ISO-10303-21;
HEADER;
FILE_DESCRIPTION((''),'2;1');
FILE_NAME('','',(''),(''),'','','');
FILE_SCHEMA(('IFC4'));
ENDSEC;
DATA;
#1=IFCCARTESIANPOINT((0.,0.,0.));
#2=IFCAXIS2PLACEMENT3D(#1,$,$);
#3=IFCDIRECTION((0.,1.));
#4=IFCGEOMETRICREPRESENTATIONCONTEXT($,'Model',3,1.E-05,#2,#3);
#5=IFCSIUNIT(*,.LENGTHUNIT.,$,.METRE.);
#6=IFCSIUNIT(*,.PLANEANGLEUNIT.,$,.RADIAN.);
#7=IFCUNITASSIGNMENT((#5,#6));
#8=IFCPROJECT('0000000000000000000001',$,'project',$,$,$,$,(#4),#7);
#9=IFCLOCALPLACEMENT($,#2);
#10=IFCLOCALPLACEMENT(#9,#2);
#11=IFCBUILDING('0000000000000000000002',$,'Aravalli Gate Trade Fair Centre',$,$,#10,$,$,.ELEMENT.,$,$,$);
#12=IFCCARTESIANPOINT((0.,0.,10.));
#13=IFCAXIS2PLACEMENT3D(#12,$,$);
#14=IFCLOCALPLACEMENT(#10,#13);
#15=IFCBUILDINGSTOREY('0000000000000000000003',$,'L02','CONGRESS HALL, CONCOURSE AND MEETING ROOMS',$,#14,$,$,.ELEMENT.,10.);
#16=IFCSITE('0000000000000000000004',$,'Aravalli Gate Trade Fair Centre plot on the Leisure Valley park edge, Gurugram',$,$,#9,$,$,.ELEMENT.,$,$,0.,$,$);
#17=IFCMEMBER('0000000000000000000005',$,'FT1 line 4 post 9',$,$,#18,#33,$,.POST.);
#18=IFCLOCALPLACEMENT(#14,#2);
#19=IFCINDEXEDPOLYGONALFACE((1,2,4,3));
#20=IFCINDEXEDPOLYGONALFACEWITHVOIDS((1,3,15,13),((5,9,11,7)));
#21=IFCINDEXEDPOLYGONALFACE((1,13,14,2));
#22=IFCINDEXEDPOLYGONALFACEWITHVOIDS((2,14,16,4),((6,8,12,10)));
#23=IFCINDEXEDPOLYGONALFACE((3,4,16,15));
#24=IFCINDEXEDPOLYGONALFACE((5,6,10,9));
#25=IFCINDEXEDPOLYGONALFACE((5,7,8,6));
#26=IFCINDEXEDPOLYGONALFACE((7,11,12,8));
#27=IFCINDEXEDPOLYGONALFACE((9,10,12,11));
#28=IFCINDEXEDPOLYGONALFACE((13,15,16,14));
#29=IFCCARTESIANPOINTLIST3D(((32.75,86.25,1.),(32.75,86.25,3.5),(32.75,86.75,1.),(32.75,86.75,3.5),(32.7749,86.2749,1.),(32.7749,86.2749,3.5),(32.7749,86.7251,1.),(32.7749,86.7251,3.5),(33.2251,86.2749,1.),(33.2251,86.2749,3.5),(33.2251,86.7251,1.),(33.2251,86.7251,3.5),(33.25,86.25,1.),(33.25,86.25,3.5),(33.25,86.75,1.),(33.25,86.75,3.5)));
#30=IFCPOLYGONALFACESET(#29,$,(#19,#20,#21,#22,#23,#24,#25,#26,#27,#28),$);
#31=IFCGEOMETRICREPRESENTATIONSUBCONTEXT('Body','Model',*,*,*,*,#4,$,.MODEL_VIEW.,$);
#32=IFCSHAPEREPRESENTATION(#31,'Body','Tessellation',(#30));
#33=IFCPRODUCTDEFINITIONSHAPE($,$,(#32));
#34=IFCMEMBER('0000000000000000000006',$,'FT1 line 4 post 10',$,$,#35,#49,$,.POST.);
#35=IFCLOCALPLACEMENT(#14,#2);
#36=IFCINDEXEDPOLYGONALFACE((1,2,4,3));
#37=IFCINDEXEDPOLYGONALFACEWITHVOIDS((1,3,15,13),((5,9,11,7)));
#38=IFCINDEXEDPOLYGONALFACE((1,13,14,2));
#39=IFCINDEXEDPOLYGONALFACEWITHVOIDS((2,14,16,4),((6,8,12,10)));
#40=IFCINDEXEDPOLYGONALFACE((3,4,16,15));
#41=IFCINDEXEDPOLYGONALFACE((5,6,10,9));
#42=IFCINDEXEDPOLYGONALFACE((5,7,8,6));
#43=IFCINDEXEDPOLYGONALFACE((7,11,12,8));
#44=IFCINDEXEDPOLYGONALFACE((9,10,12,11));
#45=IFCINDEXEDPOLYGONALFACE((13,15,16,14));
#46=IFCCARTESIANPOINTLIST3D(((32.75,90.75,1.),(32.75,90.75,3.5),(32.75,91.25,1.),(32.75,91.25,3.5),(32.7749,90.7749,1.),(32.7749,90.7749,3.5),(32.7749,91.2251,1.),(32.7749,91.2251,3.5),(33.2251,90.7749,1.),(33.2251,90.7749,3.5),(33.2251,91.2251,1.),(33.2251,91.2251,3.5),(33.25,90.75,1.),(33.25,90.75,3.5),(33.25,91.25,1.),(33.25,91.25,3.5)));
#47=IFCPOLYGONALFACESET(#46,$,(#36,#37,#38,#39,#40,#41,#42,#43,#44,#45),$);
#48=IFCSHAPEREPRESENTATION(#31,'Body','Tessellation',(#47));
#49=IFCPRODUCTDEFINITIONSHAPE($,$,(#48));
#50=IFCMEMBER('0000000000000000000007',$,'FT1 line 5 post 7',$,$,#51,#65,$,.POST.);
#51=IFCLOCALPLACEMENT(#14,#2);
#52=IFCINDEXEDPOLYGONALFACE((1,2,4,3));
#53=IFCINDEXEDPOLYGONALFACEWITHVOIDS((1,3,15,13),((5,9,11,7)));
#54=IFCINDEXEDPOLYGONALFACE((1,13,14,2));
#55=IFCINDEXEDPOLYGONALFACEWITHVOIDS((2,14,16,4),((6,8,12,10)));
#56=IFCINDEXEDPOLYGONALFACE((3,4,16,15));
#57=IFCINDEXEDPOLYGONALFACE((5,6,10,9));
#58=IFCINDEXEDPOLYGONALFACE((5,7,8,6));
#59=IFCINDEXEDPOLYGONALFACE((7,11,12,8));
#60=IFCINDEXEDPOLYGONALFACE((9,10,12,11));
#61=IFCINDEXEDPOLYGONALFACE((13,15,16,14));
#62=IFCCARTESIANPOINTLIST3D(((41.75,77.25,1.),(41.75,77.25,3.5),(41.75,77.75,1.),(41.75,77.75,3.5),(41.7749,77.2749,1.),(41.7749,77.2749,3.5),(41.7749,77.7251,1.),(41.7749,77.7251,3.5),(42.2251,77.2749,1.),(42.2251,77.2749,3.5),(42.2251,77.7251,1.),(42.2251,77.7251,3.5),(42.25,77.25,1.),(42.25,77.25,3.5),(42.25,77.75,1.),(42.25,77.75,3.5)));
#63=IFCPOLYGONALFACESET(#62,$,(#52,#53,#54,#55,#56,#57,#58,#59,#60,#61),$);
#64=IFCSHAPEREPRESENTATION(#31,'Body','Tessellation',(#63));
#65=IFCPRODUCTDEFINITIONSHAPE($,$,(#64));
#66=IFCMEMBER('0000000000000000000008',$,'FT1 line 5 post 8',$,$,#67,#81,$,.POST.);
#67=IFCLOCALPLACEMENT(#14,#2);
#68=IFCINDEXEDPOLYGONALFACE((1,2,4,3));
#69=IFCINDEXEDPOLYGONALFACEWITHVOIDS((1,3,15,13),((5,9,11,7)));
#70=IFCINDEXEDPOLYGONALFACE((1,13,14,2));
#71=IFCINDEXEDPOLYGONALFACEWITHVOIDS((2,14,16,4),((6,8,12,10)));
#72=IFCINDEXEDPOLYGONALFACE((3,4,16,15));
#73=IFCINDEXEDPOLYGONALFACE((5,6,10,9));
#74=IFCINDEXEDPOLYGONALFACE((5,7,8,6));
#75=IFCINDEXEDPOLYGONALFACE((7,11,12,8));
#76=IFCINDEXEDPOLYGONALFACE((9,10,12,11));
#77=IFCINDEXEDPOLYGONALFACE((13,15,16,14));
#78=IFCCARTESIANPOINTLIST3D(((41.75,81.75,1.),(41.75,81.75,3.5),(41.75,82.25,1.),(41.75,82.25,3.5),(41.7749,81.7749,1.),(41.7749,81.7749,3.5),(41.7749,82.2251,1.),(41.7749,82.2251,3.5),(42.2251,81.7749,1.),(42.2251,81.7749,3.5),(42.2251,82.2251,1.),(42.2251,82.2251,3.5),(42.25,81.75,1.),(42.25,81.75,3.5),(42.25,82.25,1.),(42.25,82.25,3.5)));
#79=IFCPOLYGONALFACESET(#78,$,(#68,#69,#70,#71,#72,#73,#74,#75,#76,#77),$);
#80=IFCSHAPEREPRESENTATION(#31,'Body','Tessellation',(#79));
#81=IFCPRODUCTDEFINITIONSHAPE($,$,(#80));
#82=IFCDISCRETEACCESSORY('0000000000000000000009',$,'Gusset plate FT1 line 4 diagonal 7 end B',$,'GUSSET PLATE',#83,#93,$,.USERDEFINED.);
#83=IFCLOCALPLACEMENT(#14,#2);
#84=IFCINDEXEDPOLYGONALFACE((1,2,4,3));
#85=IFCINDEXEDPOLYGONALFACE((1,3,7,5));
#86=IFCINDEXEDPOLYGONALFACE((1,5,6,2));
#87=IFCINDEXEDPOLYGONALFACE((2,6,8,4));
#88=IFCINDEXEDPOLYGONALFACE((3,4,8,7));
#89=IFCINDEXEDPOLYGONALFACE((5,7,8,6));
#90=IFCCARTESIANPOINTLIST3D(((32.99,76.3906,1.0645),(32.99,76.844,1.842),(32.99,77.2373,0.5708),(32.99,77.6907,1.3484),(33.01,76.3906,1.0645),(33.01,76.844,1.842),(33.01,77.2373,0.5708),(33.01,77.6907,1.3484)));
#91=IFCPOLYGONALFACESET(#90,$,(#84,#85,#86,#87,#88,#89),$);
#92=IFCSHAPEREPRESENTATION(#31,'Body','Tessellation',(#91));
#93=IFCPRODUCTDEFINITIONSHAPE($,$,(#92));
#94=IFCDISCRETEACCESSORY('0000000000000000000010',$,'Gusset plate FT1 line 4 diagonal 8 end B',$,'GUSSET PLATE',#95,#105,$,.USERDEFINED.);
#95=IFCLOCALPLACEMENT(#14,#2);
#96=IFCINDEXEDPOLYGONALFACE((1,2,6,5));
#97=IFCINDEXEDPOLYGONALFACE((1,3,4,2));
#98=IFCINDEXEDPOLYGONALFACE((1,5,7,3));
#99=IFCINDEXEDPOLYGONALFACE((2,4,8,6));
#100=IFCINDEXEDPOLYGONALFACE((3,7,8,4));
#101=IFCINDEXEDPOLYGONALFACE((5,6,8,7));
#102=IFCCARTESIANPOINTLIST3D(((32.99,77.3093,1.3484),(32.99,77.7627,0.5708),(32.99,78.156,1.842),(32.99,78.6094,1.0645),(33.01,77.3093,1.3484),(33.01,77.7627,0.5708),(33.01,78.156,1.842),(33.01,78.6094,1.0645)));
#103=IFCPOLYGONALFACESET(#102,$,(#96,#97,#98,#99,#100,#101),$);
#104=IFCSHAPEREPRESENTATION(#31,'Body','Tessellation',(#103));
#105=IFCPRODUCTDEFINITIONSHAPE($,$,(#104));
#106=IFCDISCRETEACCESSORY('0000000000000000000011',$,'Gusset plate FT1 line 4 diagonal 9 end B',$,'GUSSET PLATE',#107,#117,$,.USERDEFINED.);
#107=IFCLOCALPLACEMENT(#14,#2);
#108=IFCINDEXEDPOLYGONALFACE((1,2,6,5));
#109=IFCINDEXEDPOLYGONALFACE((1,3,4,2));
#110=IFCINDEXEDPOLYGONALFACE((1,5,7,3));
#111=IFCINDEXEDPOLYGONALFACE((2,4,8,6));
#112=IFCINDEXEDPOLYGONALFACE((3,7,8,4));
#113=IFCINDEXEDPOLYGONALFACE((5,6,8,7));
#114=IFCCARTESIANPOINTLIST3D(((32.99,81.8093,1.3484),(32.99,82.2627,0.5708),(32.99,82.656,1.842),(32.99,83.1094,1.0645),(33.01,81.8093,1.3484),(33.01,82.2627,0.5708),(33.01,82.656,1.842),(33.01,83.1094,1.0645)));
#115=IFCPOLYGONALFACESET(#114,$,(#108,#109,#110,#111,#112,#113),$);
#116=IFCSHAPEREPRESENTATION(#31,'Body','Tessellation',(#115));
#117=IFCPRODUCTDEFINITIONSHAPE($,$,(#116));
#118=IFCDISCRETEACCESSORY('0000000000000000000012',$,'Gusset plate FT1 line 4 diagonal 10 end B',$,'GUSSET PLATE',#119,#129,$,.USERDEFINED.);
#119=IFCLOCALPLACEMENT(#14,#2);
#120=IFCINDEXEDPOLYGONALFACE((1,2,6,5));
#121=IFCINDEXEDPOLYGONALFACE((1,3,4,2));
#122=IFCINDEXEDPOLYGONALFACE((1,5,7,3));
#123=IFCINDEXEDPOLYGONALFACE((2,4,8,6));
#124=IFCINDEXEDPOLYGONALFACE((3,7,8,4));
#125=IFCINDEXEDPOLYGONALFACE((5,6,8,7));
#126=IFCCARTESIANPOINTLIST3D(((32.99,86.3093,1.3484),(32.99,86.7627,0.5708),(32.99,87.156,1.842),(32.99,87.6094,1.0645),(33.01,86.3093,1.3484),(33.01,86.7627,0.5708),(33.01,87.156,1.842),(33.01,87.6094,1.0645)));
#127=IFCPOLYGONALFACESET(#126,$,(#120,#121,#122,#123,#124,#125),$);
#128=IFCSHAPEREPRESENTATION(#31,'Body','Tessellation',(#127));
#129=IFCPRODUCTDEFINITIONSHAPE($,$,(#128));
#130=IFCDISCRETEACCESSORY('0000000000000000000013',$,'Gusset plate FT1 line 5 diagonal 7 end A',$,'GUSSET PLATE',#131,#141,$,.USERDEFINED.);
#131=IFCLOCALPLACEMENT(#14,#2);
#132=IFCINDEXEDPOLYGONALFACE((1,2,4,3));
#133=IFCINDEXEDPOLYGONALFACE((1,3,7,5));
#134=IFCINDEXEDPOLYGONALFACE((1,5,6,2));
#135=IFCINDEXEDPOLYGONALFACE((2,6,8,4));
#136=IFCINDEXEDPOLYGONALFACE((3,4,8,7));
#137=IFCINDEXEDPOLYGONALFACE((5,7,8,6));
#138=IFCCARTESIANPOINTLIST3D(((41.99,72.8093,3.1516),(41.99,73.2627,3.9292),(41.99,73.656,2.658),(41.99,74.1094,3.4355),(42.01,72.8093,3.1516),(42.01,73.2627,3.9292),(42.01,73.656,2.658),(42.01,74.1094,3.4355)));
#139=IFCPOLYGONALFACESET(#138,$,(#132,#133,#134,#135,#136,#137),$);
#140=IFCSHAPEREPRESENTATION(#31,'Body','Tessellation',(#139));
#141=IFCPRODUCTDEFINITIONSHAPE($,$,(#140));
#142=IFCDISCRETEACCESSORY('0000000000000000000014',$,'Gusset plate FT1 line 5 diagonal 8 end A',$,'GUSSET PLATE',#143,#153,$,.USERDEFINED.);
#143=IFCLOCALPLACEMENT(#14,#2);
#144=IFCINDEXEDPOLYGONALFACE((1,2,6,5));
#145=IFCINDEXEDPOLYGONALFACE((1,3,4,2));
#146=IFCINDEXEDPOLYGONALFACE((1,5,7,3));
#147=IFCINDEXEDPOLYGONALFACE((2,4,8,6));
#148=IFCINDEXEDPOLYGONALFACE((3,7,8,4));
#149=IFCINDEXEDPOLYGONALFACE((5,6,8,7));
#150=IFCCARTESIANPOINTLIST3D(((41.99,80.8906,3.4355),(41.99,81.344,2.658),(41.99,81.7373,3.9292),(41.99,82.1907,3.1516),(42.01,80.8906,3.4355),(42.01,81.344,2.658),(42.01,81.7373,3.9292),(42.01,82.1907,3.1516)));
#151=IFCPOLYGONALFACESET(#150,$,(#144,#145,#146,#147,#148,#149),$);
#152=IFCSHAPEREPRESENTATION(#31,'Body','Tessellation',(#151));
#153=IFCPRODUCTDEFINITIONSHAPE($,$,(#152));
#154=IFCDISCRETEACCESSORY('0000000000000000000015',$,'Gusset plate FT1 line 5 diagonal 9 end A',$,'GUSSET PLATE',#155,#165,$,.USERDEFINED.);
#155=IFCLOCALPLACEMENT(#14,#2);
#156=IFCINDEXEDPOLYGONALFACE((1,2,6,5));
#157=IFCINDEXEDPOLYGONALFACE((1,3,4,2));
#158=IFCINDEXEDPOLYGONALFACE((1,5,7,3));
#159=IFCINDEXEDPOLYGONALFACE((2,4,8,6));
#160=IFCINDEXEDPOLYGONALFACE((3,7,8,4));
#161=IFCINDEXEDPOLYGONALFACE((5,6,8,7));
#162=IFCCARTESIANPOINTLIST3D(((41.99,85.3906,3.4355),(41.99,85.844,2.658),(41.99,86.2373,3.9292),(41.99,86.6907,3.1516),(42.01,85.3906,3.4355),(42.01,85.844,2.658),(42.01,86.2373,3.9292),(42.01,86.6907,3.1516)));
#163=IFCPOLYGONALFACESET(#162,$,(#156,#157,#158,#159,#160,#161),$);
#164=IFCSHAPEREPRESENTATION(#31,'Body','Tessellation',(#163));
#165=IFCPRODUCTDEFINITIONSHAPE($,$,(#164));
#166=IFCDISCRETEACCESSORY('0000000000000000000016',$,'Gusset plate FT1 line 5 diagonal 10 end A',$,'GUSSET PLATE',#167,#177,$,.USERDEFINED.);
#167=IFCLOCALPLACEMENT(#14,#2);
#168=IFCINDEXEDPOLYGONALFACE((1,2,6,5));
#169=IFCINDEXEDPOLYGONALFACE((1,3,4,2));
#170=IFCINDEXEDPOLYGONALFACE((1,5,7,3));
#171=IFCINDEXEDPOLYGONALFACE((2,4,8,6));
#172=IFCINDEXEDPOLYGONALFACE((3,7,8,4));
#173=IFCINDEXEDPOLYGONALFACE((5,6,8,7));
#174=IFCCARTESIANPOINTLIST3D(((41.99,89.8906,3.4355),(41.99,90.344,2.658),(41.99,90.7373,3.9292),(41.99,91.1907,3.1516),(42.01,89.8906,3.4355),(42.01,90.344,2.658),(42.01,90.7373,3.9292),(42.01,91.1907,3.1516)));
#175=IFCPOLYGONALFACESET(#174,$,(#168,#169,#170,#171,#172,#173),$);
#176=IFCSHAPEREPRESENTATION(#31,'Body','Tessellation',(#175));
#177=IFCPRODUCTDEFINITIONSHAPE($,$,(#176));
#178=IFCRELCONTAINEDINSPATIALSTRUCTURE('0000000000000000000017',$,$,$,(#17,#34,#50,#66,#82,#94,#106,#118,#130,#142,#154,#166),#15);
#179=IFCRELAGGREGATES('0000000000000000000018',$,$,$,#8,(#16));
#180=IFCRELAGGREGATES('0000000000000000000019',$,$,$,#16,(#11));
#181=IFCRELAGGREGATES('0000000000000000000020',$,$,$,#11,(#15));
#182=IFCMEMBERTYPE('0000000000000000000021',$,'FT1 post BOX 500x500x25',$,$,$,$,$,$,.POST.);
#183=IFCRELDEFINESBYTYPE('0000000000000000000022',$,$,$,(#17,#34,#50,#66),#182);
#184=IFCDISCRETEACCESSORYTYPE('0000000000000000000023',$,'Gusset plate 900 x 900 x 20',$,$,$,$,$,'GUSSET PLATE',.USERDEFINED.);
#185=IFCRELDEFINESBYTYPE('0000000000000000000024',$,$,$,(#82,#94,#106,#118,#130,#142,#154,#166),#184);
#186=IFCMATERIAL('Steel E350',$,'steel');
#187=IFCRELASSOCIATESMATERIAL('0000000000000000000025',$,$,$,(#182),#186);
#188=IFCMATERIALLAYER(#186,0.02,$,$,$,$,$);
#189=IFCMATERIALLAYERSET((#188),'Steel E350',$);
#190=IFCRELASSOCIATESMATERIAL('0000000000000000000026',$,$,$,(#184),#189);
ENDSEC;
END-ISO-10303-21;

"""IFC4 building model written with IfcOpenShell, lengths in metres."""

from ifc_helpers import new_model, si_unit, direction, frame, origin, origin_2d, place, context, subcontext, project, spatial, polyline, hollow_rectangle, outline, extrude, material, layer, layer_set, material_profile, profile_set, type_object, element, save


model = new_model("IFC4")

# Units and contexts
model_context = context("Model", 3, precision=1e-05, world=origin(), true_north=direction((0.0, 1.0)))
body_context = subcontext(model_context, "Body", "Model", "MODEL_VIEW")
ifc_project = project(units=[si_unit("LENGTHUNIT", "METRE"), si_unit("PLANEANGLEUNIT", "RADIAN")], contexts=[model_context])

# Site, building, storey
site_placement = place(None, origin())
site = spatial("IfcSite", under=ifc_project, at=site_placement, Name="Aravalli Gate Trade Fair Centre plot on the Leisure Valley park edge, Gurugram", CompositionType="ELEMENT", RefElevation=0.0)
building_placement = place(site_placement, origin())
building = spatial("IfcBuilding", under=site, at=building_placement, Name="Aravalli Gate Trade Fair Centre", CompositionType="ELEMENT")
storey_placement = place(building_placement, frame((0.0, 0.0, 10.0)))
storey = spatial("IfcBuildingStorey", under=building, at=storey_placement, Name="L02", Description="CONGRESS HALL, CONCOURSE AND MEETING ROOMS", CompositionType="ELEMENT", Elevation=10.0)

# Members
ifc_material = material(Name="Steel E350", Category="steel")
ifc_material_profile_1 = material_profile(ifc_material, hollow_rectangle(XDim=0.5, YDim=0.5, WallThickness=0.0249, at=origin_2d()), Name="BOX 500x500x25")
ifc_profile_set_1 = profile_set([ifc_material_profile_1], Name="Steel E350")
member_type_1 = type_object("IfcMemberType", Name="FT1 post BOX 500x500x25", PredefinedType="POST", material=ifc_profile_set_1)
for number, where, z_axis, x_axis, name in (
    (1, (33.0, 86.5, 1.0), (0.0, 0.0, 1.0), (1.0, 0.0, 0.0), "FT1 line 4 post 9"),
    (2, (33.0, 91.0, 1.0), (0.0, 0.0, 1.0), (1.0, 0.0, 0.0), "FT1 line 4 post 10"),
    (3, (42.0, 77.5, 1.0), (0.0, 0.0, 1.0), (1.0, 0.0, 0.0), "FT1 line 5 post 7"),
    (4, (42.0, 82.0, 1.0), (0.0, 0.0, 1.0), (1.0, 0.0, 0.0), "FT1 line 5 post 8"),
):
    element("IfcMember", number, at=place(storey_placement, frame(where, z_axis=z_axis, x_axis=x_axis)), inside=storey, type_object=member_type_1, Name=name, PredefinedType="POST", context=body_context, shape_type="SweptSolid", body=[
        extrude(hollow_rectangle(XDim=0.5, YDim=0.5, WallThickness=0.0249, at=origin_2d()), origin(), (0.0, 0.0, 1.0), 2.5),
    ])

# Discrete accessories
ifc_layer = layer(ifc_material, 0.02)
ifc_layer_set = layer_set([ifc_layer], Name="Steel E350")
discrete_accessory_type = type_object("IfcDiscreteAccessoryType", Name="Gusset plate 900 x 900 x 20", ElementType="GUSSET PLATE", PredefinedType="USERDEFINED", material=ifc_layer_set)
discrete_accessory_placement = place(storey_placement, frame((33.01, 76.3906, 1.0645), z_axis=(1.0, 0.0, 0.0), x_axis=(0.0, 0.863887, -0.503685)))
element("IfcDiscreteAccessory", 5, at=discrete_accessory_placement, inside=storey, type_object=discrete_accessory_type, Name="Gusset plate FT1 line 4 diagonal 7 end B", ObjectType="GUSSET PLATE", PredefinedType="USERDEFINED", context=body_context, shape_type="SweptSolid", body=[
    extrude(outline(polyline([(0.0, 0.0), (0.9801, 0.0), (0.9801, 0.9001), (0.0, 0.9001), (0.0, 0.0)])), origin(), (0.0, 0.0, -1.0), 0.02),
])
for number, where, z_axis, x_axis, name in (
    (6, (33.01, 78.156, 1.842), (1.0, 0.0, 0.0), (0.0, -0.863887, -0.503685), "Gusset plate FT1 line 4 diagonal 8 end B"),
    (7, (33.01, 82.656, 1.842), (1.0, 0.0, 0.0), (0.0, -0.863887, -0.503685), "Gusset plate FT1 line 4 diagonal 9 end B"),
    (8, (33.01, 87.156, 1.842), (1.0, 0.0, 0.0), (0.0, -0.863887, -0.503685), "Gusset plate FT1 line 4 diagonal 10 end B"),
    (9, (41.99, 73.656, 2.658), (-1.0, 0.0, 0.0), (0.0, -0.863887, 0.503685), "Gusset plate FT1 line 5 diagonal 7 end A"),
):
    element("IfcDiscreteAccessory", number, at=place(storey_placement, frame(where, z_axis=z_axis, x_axis=x_axis)), inside=storey, type_object=discrete_accessory_type, Name=name, ObjectType="GUSSET PLATE", PredefinedType="USERDEFINED", context=body_context, shape_type="SweptSolid", body=[
        extrude(outline(polyline([(0.0, 0.0), (0.9801, 0.0), (0.9801, 0.9001), (0.0, 0.9001), (0.0, 0.0)])), origin(), (0.0, 0.0, -1.0), 0.02),
    ])
for number, where, z_axis, x_axis, name in (
    (10, (41.99, 80.8906, 3.4355), (-1.0, 0.0, 0.0), (0.0, 0.863887, 0.503685), "Gusset plate FT1 line 5 diagonal 8 end A"),
    (11, (41.99, 85.3906, 3.4355), (-1.0, 0.0, 0.0), (0.0, 0.863887, 0.503685), "Gusset plate FT1 line 5 diagonal 9 end A"),
    (12, (41.99, 89.8906, 3.4355), (-1.0, 0.0, 0.0), (0.0, 0.863887, 0.503685), "Gusset plate FT1 line 5 diagonal 10 end A"),
):
    element("IfcDiscreteAccessory", number, at=place(storey_placement, frame(where, z_axis=z_axis, x_axis=x_axis)), inside=storey, type_object=discrete_accessory_type, Name=name, ObjectType="GUSSET PLATE", PredefinedType="USERDEFINED", context=body_context, shape_type="SweptSolid", body=[
        extrude(outline(polyline([(0.0, 0.0), (0.9801, 0.0), (0.9801, 0.9001), (0.0, 0.9001), (0.0, 0.0)])), origin(), (0.0, 0.0, -1.0), 0.02),
    ])

save(model, "model.ifc")
